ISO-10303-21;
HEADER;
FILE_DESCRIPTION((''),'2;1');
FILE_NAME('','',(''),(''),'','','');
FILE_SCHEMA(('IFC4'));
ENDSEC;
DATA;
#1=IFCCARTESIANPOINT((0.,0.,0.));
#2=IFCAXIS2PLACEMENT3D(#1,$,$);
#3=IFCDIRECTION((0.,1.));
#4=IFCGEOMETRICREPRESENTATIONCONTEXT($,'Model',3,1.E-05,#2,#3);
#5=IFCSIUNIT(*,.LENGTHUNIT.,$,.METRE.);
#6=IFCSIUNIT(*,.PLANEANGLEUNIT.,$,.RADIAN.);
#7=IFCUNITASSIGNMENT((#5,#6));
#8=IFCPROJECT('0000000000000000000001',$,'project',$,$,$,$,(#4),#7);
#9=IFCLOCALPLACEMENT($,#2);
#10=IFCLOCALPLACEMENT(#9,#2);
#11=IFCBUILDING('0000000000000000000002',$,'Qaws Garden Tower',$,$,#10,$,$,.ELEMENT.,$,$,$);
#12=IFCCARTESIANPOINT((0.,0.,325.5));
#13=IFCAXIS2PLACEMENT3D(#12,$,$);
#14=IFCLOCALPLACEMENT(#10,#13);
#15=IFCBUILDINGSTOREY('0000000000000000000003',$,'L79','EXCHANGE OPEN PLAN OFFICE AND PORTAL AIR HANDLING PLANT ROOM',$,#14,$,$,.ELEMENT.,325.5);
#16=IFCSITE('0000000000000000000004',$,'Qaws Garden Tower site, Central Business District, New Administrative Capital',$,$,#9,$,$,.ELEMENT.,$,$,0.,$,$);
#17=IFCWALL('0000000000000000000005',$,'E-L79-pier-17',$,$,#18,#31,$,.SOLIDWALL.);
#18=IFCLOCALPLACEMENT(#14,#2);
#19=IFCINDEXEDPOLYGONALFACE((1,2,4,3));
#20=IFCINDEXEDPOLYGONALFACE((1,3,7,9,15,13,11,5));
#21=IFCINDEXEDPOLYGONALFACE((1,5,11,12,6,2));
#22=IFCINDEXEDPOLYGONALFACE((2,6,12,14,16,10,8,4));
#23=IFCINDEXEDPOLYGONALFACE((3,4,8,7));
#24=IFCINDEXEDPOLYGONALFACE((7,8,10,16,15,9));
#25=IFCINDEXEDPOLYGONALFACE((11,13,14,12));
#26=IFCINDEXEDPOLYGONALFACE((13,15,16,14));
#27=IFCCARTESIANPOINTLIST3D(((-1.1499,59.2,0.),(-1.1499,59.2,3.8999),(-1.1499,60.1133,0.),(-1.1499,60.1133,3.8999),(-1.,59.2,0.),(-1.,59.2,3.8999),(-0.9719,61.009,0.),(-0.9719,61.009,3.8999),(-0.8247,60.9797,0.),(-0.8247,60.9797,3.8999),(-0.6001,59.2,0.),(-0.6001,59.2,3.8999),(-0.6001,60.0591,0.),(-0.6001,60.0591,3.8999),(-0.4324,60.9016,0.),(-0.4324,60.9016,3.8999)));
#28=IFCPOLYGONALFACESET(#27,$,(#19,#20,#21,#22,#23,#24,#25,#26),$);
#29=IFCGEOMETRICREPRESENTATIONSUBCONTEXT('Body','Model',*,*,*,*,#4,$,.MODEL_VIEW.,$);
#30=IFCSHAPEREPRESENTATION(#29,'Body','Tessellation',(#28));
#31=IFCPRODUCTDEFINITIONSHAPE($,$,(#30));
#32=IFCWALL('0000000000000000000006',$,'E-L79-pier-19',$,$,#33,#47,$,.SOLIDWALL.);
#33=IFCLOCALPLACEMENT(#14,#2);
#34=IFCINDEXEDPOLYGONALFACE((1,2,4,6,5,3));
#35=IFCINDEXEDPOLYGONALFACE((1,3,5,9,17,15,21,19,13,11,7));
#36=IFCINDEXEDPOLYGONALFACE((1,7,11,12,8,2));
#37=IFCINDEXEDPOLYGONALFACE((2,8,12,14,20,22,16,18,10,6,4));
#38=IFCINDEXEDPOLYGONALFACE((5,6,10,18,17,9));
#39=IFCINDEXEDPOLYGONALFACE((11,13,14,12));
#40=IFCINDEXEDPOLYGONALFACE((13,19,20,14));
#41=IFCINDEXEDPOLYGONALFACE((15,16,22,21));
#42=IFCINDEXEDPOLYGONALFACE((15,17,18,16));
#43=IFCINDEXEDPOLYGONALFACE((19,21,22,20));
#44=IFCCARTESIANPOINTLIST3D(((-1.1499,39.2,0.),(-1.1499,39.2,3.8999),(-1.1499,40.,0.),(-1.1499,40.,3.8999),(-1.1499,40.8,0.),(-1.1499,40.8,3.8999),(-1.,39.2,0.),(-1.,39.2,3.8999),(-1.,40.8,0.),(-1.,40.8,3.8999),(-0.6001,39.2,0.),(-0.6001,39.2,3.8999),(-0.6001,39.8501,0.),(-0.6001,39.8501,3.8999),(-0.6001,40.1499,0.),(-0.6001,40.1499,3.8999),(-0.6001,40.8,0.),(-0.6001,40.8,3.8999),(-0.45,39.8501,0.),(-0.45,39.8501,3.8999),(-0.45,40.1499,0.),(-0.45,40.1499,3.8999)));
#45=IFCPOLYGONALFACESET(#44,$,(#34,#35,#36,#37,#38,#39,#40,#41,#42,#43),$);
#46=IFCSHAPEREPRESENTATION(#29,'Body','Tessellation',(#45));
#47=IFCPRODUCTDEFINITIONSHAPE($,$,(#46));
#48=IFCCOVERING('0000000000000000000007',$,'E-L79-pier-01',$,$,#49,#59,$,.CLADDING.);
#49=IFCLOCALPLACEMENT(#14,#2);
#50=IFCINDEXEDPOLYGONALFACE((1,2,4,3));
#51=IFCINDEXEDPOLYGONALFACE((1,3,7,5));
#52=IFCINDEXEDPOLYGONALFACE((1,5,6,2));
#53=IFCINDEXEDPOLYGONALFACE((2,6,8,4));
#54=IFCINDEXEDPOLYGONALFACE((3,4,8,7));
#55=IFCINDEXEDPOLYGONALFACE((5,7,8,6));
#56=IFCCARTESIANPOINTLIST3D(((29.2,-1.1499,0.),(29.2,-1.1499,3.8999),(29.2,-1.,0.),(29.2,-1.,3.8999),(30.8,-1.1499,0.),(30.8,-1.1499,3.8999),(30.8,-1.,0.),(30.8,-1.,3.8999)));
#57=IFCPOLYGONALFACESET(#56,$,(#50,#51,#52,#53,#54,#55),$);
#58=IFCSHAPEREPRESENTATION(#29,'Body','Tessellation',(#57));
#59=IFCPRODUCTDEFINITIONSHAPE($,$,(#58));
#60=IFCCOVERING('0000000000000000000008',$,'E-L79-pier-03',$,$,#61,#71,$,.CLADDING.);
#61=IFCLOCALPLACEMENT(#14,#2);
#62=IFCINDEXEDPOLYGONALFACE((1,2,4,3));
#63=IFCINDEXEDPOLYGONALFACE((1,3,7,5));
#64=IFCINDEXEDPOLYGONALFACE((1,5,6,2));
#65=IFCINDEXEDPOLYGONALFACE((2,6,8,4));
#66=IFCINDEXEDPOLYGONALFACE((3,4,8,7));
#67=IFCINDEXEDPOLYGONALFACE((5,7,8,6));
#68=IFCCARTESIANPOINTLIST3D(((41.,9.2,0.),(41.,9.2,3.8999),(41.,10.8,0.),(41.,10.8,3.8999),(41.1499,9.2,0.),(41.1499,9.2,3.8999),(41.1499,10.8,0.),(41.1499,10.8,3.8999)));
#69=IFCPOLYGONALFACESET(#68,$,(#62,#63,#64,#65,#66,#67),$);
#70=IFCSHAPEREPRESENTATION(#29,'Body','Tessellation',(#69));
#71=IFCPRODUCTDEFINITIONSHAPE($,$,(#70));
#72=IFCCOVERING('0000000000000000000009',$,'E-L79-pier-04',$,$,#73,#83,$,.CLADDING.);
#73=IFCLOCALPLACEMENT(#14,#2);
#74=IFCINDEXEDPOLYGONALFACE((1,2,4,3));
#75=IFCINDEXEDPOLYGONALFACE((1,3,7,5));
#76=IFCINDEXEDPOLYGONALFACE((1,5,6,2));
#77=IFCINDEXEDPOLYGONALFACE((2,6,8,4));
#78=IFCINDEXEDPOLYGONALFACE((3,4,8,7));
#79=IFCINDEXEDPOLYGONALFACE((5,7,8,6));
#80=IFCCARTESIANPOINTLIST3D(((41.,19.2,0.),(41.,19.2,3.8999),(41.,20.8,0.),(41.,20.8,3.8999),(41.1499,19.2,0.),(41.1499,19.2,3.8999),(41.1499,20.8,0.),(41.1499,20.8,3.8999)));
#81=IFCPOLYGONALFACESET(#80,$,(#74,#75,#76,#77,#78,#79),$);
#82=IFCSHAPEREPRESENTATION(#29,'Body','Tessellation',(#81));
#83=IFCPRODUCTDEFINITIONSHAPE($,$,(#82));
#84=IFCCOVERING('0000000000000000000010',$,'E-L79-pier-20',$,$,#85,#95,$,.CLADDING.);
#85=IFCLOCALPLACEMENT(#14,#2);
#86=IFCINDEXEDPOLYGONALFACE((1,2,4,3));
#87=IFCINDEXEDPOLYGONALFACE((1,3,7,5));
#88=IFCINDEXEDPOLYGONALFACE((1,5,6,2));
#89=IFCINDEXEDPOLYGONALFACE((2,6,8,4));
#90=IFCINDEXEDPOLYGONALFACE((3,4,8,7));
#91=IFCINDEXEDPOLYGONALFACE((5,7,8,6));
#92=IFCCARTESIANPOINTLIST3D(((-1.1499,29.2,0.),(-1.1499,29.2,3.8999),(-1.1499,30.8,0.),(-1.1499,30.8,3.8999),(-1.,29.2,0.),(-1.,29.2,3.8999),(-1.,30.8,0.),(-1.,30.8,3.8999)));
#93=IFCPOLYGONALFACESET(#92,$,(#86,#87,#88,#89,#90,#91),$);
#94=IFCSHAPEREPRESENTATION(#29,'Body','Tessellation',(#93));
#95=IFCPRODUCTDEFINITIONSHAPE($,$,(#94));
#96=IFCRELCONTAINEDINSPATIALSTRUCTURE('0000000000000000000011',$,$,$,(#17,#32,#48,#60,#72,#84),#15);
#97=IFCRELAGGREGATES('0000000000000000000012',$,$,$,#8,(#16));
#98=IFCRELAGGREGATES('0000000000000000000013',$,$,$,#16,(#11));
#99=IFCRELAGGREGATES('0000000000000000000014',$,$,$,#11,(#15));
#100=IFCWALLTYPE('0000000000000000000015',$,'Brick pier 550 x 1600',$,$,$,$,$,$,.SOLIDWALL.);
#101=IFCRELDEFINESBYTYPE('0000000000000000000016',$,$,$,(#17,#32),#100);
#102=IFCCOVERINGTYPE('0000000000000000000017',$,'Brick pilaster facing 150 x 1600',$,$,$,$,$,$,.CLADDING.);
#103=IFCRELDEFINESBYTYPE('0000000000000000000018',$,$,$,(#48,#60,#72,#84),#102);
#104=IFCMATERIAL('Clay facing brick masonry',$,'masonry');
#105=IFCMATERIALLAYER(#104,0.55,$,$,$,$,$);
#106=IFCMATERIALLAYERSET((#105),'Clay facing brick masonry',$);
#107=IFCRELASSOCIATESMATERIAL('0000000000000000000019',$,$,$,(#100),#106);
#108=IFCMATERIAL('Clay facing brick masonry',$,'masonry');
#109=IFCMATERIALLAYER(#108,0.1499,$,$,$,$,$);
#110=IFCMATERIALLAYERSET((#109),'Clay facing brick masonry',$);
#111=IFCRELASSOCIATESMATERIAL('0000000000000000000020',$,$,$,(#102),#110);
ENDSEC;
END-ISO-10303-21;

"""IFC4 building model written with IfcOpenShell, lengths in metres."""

from ifc_helpers import new_model, si_unit, direction, frame, origin, place, context, subcontext, project, spatial, polyline, outline, extrude, material, layer, layer_set, type_object, element, save


model = new_model("IFC4")

# Units and contexts
model_context = context("Model", 3, precision=1e-05, world=origin(), true_north=direction((0.0, 1.0)))
body_context = subcontext(model_context, "Body", "Model", "MODEL_VIEW")
ifc_project = project(units=[si_unit("LENGTHUNIT", "METRE"), si_unit("PLANEANGLEUNIT", "RADIAN")], contexts=[model_context])

# Site, building, storey
site_placement = place(None, origin())
site = spatial("IfcSite", under=ifc_project, at=site_placement, Name="Qaws Garden Tower site, Central Business District, New Administrative Capital", CompositionType="ELEMENT", RefElevation=0.0)
building_placement = place(site_placement, origin())
building = spatial("IfcBuilding", under=site, at=building_placement, Name="Qaws Garden Tower", CompositionType="ELEMENT")
storey_placement = place(building_placement, frame((0.0, 0.0, 325.5)))
storey = spatial("IfcBuildingStorey", under=building, at=storey_placement, Name="L79", Description="EXCHANGE OPEN PLAN OFFICE AND PORTAL AIR HANDLING PLANT ROOM", CompositionType="ELEMENT", Elevation=325.5)

# Walls
placement_1 = place(storey_placement, origin())
ifc_material_1 = material(Name="Clay facing brick masonry", Category="masonry")
ifc_layer_1 = layer(ifc_material_1, 0.55)
ifc_layer_set_1 = layer_set([ifc_layer_1], Name="Clay facing brick masonry")
wall_type_1 = type_object("IfcWallType", Name="Brick pier 550 x 1600", PredefinedType="SOLIDWALL", material=ifc_layer_set_1)
element("IfcWall", 1, at=placement_1, inside=storey, type_object=wall_type_1, Name="E-L79-pier-17", PredefinedType="SOLIDWALL", context=body_context, shape_type="SweptSolid", body=[
    extrude(outline(polyline([(-0.8247, 60.9797), (-0.9719, 61.009), (-1.1499, 60.1133), (-1.1499, 59.2), (-1.0, 59.2), (-0.6001, 59.2), (-0.6001, 60.0591), (-0.4324, 60.9016), (-0.8247, 60.9797)])), origin(), (0.0, 0.0, 1.0), 3.8999),
])
element("IfcWall", 2, at=placement_1, inside=storey, type_object=wall_type_1, Name="E-L79-pier-19", PredefinedType="SOLIDWALL", context=body_context, shape_type="SweptSolid", body=[
    extrude(outline(polyline([(-0.6001, 39.2), (-0.6001, 39.8501), (-0.45, 39.8501), (-0.45, 40.1499), (-0.6001, 40.1499), (-0.6001, 40.8), (-1.0, 40.8), (-1.1499, 40.8), (-1.1499, 40.0), (-1.1499, 39.2), (-1.0, 39.2), (-0.6001, 39.2)])), origin(), (0.0, 0.0, 1.0), 3.8999),
])

# Coverings
ifc_material_2 = material(Name="Clay facing brick masonry", Category="masonry")
ifc_layer_2 = layer(ifc_material_2, 0.1499)
ifc_layer_set_2 = layer_set([ifc_layer_2], Name="Clay facing brick masonry")
covering_type = type_object("IfcCoveringType", Name="Brick pilaster facing 150 x 1600", PredefinedType="CLADDING", material=ifc_layer_set_2)
element("IfcCovering", 3, at=placement_1, inside=storey, type_object=covering_type, Name="E-L79-pier-01", PredefinedType="CLADDING", context=body_context, shape_type="SweptSolid", body=[
    extrude(outline(polyline([(29.2, -1.0), (30.8, -1.0), (30.8, -1.1499), (29.2, -1.1499), (29.2, -1.0)])), origin(), (0.0, 0.0, 1.0), 3.8999),
])
element("IfcCovering", 4, at=placement_1, inside=storey, type_object=covering_type, Name="E-L79-pier-03", PredefinedType="CLADDING", context=body_context, shape_type="SweptSolid", body=[
    extrude(outline(polyline([(41.0, 9.2), (41.0, 10.8), (41.1499, 10.8), (41.1499, 9.2), (41.0, 9.2)])), origin(), (0.0, 0.0, 1.0), 3.8999),
])
element("IfcCovering", 5, at=placement_1, inside=storey, type_object=covering_type, Name="E-L79-pier-04", PredefinedType="CLADDING", context=body_context, shape_type="SweptSolid", body=[
    extrude(outline(polyline([(41.0, 19.2), (41.0, 20.8), (41.1499, 20.8), (41.1499, 19.2), (41.0, 19.2)])), origin(), (0.0, 0.0, 1.0), 3.8999),
])
element("IfcCovering", 6, at=placement_1, inside=storey, type_object=covering_type, Name="E-L79-pier-20", PredefinedType="CLADDING", context=body_context, shape_type="SweptSolid", body=[
    extrude(outline(polyline([(-1.0, 30.8), (-1.0, 29.2), (-1.1499, 29.2), (-1.1499, 30.8), (-1.0, 30.8)])), origin(), (0.0, 0.0, 1.0), 3.8999),
])

save(model, "model.ifc")
